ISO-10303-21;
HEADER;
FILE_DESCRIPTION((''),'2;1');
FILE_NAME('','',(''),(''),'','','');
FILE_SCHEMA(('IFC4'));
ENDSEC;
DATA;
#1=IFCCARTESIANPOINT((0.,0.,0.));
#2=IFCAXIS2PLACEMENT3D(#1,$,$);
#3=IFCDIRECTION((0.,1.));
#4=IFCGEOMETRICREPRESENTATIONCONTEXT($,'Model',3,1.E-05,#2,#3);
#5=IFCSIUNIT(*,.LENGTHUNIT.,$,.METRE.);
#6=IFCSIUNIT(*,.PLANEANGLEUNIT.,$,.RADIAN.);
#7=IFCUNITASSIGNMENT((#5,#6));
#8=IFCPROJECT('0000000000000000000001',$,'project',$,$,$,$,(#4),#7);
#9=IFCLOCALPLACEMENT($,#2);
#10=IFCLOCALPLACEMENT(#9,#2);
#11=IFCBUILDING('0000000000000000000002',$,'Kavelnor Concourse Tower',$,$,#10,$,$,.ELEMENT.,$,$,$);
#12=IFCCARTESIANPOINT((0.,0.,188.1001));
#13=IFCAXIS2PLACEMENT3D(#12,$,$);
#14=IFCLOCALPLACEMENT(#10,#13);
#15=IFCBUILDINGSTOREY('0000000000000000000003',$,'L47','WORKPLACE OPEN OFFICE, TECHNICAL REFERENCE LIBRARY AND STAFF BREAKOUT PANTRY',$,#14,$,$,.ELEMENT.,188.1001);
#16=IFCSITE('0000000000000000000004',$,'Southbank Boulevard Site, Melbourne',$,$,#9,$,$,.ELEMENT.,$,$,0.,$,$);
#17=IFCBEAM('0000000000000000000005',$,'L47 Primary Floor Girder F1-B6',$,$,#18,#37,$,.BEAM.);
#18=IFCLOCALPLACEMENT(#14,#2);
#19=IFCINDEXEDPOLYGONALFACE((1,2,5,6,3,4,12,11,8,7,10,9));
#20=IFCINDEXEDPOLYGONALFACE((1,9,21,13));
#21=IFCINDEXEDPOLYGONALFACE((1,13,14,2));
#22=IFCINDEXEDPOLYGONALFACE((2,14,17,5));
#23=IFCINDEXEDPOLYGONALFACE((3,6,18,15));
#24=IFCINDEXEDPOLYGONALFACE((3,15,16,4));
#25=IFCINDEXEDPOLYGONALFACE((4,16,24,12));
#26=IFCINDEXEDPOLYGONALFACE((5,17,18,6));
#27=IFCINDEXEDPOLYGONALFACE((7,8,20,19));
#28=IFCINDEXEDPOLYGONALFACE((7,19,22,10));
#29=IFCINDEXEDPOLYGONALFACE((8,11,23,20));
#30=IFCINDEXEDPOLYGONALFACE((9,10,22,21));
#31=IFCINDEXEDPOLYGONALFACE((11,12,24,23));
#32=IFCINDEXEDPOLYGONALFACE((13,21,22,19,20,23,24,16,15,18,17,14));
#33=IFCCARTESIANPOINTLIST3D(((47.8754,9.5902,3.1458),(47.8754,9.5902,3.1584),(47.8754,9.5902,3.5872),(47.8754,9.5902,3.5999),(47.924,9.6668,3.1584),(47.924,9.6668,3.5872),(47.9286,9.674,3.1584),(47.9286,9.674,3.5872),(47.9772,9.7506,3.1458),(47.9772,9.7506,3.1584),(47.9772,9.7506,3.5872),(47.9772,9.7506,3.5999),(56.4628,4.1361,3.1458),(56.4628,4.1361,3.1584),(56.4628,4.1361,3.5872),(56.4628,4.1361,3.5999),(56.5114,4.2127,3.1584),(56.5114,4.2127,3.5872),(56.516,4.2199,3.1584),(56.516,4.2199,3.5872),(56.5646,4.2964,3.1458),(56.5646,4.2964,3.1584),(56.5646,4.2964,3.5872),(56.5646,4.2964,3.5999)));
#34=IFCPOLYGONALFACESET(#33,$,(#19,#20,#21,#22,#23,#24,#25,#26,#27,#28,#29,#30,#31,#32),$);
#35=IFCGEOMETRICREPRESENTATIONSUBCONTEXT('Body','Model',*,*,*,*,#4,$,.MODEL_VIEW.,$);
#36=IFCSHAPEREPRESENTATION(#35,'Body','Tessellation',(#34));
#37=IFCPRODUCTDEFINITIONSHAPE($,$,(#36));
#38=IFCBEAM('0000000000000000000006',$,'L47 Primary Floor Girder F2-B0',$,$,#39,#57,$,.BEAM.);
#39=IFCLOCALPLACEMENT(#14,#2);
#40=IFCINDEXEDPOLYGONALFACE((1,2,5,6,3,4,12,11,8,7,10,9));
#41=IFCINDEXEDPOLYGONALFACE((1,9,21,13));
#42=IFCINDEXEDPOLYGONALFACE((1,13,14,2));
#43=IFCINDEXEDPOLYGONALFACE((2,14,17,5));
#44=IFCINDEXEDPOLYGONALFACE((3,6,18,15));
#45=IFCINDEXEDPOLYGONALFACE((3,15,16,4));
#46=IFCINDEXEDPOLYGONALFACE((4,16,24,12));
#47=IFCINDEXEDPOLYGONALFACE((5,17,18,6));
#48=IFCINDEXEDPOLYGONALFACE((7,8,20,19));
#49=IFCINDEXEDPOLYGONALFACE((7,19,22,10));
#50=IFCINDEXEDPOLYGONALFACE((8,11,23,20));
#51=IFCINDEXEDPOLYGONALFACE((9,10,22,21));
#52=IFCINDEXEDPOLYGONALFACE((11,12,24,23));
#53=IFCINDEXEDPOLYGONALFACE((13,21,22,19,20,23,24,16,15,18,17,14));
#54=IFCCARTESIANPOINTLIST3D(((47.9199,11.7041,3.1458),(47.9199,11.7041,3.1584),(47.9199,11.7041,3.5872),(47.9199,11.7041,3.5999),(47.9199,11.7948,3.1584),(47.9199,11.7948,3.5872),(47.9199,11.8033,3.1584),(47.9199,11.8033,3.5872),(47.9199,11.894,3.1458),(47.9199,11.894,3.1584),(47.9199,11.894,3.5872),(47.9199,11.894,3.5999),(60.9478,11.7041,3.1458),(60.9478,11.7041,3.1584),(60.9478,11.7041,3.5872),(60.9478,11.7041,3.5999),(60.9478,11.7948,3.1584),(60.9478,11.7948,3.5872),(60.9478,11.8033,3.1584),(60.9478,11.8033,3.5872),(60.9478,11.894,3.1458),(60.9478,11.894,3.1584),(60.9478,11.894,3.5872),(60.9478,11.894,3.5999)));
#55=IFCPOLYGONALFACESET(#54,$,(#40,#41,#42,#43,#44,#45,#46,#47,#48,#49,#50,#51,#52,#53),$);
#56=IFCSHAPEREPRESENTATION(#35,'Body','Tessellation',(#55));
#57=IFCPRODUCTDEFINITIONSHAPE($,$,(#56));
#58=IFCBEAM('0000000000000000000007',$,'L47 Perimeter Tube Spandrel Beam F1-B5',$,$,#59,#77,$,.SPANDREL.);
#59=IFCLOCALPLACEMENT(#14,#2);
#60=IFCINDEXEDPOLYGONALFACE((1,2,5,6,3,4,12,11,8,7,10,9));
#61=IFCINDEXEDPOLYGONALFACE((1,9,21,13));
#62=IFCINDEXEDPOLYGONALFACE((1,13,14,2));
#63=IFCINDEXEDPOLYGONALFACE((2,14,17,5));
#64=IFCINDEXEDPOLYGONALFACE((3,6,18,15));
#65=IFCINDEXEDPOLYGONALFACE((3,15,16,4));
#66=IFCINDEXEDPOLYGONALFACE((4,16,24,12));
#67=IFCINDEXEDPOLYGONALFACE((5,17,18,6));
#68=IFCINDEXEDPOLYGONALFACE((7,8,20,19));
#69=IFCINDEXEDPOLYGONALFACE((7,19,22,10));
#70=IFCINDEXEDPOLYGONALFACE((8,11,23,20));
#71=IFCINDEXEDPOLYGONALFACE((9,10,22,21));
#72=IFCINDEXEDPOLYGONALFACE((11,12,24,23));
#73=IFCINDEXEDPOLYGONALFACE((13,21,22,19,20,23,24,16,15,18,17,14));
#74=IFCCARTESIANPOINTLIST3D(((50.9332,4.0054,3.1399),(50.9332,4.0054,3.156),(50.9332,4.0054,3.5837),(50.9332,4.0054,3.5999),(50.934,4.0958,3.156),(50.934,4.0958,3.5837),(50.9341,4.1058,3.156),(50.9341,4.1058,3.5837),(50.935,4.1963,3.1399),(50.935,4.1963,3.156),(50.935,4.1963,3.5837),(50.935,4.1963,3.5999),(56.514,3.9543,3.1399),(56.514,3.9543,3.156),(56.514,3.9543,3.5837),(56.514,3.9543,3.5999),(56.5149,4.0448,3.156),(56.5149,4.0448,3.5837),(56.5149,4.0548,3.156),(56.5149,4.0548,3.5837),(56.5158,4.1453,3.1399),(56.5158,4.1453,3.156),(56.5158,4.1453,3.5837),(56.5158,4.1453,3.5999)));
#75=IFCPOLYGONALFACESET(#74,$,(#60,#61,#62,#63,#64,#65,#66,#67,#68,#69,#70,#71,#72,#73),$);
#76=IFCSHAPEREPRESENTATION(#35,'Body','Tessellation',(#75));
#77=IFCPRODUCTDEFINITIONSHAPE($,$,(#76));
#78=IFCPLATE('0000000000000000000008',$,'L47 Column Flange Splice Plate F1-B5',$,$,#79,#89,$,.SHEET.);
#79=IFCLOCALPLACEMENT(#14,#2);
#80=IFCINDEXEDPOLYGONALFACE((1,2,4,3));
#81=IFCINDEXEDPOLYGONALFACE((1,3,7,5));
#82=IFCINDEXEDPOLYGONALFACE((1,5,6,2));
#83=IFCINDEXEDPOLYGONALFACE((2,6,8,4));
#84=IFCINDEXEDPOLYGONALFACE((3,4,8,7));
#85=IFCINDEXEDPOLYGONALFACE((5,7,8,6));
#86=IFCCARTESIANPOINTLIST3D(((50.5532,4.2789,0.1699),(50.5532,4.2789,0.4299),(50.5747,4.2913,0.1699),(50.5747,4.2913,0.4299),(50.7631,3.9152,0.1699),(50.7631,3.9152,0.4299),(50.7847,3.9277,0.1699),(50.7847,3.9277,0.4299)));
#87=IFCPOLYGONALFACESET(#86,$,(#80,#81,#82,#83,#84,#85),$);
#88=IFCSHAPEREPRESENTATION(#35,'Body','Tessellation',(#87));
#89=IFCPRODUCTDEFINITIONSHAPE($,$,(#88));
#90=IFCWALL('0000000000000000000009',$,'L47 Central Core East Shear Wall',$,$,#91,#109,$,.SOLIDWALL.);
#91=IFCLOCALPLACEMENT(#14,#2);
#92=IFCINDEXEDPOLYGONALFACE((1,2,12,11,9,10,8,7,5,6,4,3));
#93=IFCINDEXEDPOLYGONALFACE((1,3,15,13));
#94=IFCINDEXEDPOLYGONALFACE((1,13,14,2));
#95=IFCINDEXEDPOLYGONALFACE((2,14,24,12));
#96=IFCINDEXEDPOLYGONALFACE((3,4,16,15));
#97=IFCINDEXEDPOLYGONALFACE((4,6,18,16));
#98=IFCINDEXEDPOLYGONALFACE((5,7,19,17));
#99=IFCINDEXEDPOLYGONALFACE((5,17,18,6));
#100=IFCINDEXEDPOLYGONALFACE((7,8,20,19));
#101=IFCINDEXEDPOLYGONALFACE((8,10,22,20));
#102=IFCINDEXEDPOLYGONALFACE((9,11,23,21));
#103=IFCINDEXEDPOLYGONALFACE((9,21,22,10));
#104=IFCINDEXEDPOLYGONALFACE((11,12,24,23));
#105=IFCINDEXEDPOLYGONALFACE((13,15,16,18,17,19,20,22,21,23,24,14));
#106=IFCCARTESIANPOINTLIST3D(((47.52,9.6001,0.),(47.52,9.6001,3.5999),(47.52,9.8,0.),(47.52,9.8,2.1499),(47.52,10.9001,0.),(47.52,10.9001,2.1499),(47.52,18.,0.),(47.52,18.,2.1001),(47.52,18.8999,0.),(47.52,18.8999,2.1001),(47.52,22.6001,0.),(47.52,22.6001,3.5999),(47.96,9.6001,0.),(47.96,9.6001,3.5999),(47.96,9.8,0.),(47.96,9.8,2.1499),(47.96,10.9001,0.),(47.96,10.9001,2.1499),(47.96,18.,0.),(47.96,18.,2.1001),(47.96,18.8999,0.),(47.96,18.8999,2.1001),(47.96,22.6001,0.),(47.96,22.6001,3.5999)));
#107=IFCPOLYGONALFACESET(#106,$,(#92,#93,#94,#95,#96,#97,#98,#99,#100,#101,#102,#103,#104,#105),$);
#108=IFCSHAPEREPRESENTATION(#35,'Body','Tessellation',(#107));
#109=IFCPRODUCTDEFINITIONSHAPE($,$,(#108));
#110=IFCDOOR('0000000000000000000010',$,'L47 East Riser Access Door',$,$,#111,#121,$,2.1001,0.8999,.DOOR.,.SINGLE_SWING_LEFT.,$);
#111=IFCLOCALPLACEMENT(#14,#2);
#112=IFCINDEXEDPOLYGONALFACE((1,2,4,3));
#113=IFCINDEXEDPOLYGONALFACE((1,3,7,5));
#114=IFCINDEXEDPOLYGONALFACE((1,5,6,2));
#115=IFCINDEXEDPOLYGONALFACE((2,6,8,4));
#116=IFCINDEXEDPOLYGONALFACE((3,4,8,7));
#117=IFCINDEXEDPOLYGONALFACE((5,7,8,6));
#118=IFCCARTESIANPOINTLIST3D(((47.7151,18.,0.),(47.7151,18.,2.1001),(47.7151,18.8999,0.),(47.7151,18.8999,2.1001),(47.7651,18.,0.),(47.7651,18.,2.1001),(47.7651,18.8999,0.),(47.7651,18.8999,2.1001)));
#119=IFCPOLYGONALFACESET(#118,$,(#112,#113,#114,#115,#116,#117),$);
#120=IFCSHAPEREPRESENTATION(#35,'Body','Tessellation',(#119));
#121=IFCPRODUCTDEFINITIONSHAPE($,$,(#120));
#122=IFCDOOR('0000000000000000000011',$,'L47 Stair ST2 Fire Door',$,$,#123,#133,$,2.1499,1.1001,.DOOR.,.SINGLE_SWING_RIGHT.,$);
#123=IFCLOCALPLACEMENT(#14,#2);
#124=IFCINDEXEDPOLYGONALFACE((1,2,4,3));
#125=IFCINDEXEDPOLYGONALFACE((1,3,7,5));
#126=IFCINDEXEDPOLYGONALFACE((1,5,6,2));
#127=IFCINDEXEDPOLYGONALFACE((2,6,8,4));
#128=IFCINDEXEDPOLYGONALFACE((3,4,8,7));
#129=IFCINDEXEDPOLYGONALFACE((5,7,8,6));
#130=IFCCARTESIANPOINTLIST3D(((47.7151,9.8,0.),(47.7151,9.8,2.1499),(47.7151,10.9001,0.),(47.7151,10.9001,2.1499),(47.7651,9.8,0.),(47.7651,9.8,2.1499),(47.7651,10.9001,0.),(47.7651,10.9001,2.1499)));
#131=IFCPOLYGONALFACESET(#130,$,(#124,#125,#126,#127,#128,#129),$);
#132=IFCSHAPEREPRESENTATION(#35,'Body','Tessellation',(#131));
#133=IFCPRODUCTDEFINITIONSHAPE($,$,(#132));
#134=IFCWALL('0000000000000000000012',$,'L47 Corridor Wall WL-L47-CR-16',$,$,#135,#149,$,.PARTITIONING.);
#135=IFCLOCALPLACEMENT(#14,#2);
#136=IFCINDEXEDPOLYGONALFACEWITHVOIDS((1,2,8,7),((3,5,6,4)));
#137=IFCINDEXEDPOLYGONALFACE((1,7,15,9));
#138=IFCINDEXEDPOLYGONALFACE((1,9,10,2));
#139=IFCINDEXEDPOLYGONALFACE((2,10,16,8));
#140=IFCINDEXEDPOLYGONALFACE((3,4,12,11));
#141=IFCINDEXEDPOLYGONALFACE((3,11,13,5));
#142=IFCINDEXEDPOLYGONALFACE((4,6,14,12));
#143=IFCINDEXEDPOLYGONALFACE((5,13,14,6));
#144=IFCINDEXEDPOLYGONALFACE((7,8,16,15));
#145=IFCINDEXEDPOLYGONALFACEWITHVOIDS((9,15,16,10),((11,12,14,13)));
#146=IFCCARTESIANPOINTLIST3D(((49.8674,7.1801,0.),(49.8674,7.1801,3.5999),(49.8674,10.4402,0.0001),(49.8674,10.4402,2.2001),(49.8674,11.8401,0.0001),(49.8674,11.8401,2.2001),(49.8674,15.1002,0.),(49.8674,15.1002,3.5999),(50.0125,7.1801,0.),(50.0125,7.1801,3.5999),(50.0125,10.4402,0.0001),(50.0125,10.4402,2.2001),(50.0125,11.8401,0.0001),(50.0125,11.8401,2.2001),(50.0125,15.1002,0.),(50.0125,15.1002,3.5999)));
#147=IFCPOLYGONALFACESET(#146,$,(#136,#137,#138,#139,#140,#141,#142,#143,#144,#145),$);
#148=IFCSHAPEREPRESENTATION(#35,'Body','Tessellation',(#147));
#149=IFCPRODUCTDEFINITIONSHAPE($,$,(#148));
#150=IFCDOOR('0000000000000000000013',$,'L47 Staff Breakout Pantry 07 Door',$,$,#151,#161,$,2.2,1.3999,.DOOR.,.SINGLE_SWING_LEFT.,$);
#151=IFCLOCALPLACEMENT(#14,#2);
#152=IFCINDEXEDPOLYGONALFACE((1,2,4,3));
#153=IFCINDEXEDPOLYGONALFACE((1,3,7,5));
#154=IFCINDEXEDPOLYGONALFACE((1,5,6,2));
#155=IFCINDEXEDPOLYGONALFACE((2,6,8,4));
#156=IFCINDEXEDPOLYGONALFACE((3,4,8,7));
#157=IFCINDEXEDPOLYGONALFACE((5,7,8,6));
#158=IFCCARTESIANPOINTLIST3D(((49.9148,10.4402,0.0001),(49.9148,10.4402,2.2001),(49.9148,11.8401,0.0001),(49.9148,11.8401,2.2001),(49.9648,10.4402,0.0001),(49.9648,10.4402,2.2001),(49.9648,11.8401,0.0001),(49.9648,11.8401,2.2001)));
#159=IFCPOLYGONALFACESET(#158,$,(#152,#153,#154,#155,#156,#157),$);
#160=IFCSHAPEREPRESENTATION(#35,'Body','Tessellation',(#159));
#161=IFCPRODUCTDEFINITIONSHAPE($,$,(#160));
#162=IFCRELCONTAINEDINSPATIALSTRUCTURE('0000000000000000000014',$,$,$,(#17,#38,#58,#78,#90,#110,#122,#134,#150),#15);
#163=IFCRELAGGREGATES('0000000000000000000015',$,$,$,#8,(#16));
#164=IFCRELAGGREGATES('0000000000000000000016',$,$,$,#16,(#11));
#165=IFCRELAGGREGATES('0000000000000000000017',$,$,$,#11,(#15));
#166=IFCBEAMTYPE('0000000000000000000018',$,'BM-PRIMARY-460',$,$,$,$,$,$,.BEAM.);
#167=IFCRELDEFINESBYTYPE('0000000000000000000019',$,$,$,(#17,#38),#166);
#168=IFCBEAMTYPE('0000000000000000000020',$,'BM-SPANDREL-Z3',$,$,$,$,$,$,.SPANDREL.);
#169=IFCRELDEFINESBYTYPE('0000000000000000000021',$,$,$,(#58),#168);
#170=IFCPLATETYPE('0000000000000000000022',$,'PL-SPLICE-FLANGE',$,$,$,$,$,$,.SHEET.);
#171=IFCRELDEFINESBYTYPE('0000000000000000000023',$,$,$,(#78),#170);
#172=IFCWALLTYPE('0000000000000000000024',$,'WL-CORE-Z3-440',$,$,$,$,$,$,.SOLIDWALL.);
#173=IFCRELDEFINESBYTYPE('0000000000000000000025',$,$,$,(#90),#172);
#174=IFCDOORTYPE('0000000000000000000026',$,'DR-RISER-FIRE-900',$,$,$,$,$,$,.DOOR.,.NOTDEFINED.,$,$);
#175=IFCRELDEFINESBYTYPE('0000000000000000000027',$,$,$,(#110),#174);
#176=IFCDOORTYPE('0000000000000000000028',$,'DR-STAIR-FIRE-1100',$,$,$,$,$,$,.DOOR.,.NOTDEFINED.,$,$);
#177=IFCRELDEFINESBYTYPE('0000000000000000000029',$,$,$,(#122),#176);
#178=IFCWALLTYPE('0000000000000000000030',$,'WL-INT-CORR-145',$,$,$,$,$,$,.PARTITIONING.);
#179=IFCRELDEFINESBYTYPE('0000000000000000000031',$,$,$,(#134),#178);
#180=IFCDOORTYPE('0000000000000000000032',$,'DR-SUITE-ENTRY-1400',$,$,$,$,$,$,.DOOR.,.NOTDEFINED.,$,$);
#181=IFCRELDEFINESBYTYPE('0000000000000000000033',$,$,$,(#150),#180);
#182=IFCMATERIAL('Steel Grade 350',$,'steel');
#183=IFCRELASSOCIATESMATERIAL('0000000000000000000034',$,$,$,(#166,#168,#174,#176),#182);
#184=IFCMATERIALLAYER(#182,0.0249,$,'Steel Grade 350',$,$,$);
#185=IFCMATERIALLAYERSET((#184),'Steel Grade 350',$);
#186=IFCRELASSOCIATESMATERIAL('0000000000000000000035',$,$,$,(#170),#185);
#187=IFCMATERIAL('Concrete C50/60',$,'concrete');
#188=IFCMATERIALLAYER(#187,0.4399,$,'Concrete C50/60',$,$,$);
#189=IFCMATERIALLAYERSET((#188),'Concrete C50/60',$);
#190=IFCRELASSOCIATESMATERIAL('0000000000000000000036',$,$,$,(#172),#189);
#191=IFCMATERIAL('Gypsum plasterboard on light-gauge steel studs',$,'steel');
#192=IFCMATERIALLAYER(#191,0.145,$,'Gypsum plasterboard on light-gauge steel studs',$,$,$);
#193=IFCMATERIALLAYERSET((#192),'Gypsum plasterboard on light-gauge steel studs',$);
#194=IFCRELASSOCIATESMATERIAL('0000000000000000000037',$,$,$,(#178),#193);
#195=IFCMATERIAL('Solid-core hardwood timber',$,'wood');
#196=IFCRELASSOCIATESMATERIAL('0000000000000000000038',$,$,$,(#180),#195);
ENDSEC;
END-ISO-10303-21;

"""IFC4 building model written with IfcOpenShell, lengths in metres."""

from ifc_helpers import new_model, si_unit, direction, frame, frame_2d, origin, origin_2d, place, context, subcontext, project, spatial, rectangle, i_section, extrude, material, layer, layer_set, material_profile, profile_set, type_object, element, fill, save


model = new_model("IFC4")

# Units and contexts
model_context = context("Model", 3, precision=1e-05, world=origin(), true_north=direction((0.0, 1.0)))
body_context = subcontext(model_context, "Body", "Model", "MODEL_VIEW")
ifc_project = project(units=[si_unit("LENGTHUNIT", "METRE"), si_unit("PLANEANGLEUNIT", "RADIAN")], contexts=[model_context])

# Site, building, storey
site_placement = place(None, origin())
site = spatial("IfcSite", under=ifc_project, at=site_placement, Name="Southbank Boulevard Site, Melbourne", CompositionType="ELEMENT", RefElevation=0.0)
building_placement = place(site_placement, origin())
building = spatial("IfcBuilding", under=site, at=building_placement, Name="Kavelnor Concourse Tower", CompositionType="ELEMENT")
storey_placement = place(building_placement, frame((0.0, 0.0, 188.1001)))
storey = spatial("IfcBuildingStorey", under=building, at=storey_placement, Name="L47", Description="WORKPLACE OPEN OFFICE, TECHNICAL REFERENCE LIBRARY AND STAFF BREAKOUT PANTRY", CompositionType="ELEMENT", Elevation=188.1001)

# Shared definitions
ifc_material_1 = material(Name="Steel Grade 350", Category="steel")

# Beams
ifc_material_profile_1 = material_profile(ifc_material_1, i_section(OverallWidth=0.1899, OverallDepth=0.4541, WebThickness=0.0085, FlangeThickness=0.0127, at=origin_2d()), Name="460UB67")
ifc_profile_set_1 = profile_set([ifc_material_profile_1], Name="Steel Grade 350")
beam_type_1 = type_object("IfcBeamType", Name="BM-PRIMARY-460", PredefinedType="BEAM", material=ifc_profile_set_1)
beam_1_placement = place(storey_placement, frame((47.9263, 9.6704, 3.3728), z_axis=(0.844134, -0.536133, 0.0), x_axis=(0.536133, 0.844134, 0.0)))
element("IfcBeam", 1, at=beam_1_placement, inside=storey, type_object=beam_type_1, Name="L47 Primary Floor Girder F1-B6", PredefinedType="BEAM", context=body_context, shape_type="SweptSolid", body=[
    extrude(i_section(OverallWidth=0.1899, OverallDepth=0.4541, WebThickness=0.0085, FlangeThickness=0.0127, at=origin_2d()), origin(), (0.0, 0.0, 1.0), 10.1731),
])
beam_2_placement = place(storey_placement, frame((47.9199, 11.7991, 3.3728), z_axis=(1.0, 0.0, 0.0), x_axis=(0.0, 1.0, 0.0)))
element("IfcBeam", 2, at=beam_2_placement, inside=storey, type_object=beam_type_1, Name="L47 Primary Floor Girder F2-B0", PredefinedType="BEAM", context=body_context, shape_type="SweptSolid", body=[
    extrude(i_section(OverallWidth=0.1899, OverallDepth=0.4541, WebThickness=0.0085, FlangeThickness=0.0127, at=origin_2d()), origin(), (0.0, 0.0, 1.0), 13.0278),
])
ifc_material_profile_2 = material_profile(ifc_material_1, i_section(OverallWidth=0.1909, OverallDepth=0.46, WebThickness=0.01, FlangeThickness=0.0161, at=origin_2d()), Name="460UB82")
ifc_profile_set_2 = profile_set([ifc_material_profile_2], Name="Steel Grade 350")
beam_type_2 = type_object("IfcBeamType", Name="BM-SPANDREL-Z3", PredefinedType="SPANDREL", material=ifc_profile_set_2)
beam_3_placement = place(storey_placement, frame((50.9341, 4.1008, 3.3699), z_axis=(0.999958, -0.009143, 0.0), x_axis=(0.009143, 0.999958, 0.0)))
element("IfcBeam", 3, at=beam_3_placement, inside=storey, type_object=beam_type_2, Name="L47 Perimeter Tube Spandrel Beam F1-B5", PredefinedType="SPANDREL", context=body_context, shape_type="SweptSolid", body=[
    extrude(i_section(OverallWidth=0.1909, OverallDepth=0.46, WebThickness=0.01, FlangeThickness=0.0161, at=origin_2d()), origin(), (0.0, 0.0, 1.0), 5.5811),
])

# Plate
ifc_layer_1 = layer(ifc_material_1, 0.0249, Name="Steel Grade 350")
ifc_layer_set_1 = layer_set([ifc_layer_1], Name="Steel Grade 350")
plate_type = type_object("IfcPlateType", Name="PL-SPLICE-FLANGE", PredefinedType="SHEET", material=ifc_layer_set_1)
plate_placement = place(storey_placement, frame((50.6689, 4.1033, 0.1699), z_axis=(0.0, 0.0, 1.0), x_axis=(-0.5, 0.866025, 0.0)))
element("IfcPlate", 4, at=plate_placement, inside=storey, type_object=plate_type, Name="L47 Column Flange Splice Plate F1-B5", PredefinedType="SHEET", context=body_context, shape_type="SweptSolid", body=[
    extrude(rectangle(XDim=0.4199, YDim=0.0249, at=origin_2d()), origin(), (0.0, 0.0, 1.0), 0.26),
])

# Wall, openings, doors
ifc_material_2 = material(Name="Concrete C50/60", Category="concrete")
ifc_layer_2 = layer(ifc_material_2, 0.4399, Name="Concrete C50/60")
ifc_layer_set_2 = layer_set([ifc_layer_2], Name="Concrete C50/60")
wall_type_1 = type_object("IfcWallType", Name="WL-CORE-Z3-440", PredefinedType="SOLIDWALL", material=ifc_layer_set_2)
wall_1_placement = place(storey_placement, frame((47.74, 9.6001, 0.0), z_axis=(0.0, 0.0, 1.0), x_axis=(0.0, 1.0, 0.0)))
wall_1 = element("IfcWall", 5, at=wall_1_placement, inside=storey, type_object=wall_type_1, Name="L47 Central Core East Shear Wall", PredefinedType="SOLIDWALL", context=body_context, shape_type="SweptSolid", body=[
    extrude(rectangle(XDim=13.0, YDim=0.4399, at=frame_2d((6.5, 0.0))), origin(), (0.0, 0.0, 1.0), 3.5999),
])
opening_1_placement = place(wall_1_placement, frame((0.2, 0.0, 0.0)))
opening_1 = element("IfcOpeningElement", 6, at=opening_1_placement, cuts=wall_1, PredefinedType="OPENING", context=body_context, shape_type="SweptSolid", body=[
    extrude(rectangle(XDim=1.1001, YDim=2.1499, at=frame_2d((0.55, 1.075))), frame((0.0, 0.23, 0.0), z_axis=(0.0, -1.0, 0.0), x_axis=(1.0, 0.0, 0.0)), (0.0, 0.0, 1.0), 0.46),
])
opening_2_placement = place(wall_1_placement, frame((8.3999, 0.0, 0.0)))
opening_2 = element("IfcOpeningElement", 7, at=opening_2_placement, cuts=wall_1, PredefinedType="OPENING", context=body_context, shape_type="SweptSolid", body=[
    extrude(rectangle(XDim=0.8999, YDim=2.1001, at=frame_2d((0.45, 1.05))), frame((0.0, 0.23, 0.0), z_axis=(0.0, -1.0, 0.0), x_axis=(1.0, 0.0, 0.0)), (0.0, 0.0, 1.0), 0.46),
])
door_type_1 = type_object("IfcDoorType", Name="DR-RISER-FIRE-900", OperationType="NOTDEFINED", PredefinedType="DOOR", material=ifc_material_1)
door_1_placement = place(opening_2_placement, origin())
door_1 = element("IfcDoor", 8, at=door_1_placement, inside=storey, type_object=door_type_1, Name="L47 East Riser Access Door", OperationType="SINGLE_SWING_LEFT", OverallHeight=2.1001, OverallWidth=0.8999, PredefinedType="DOOR", context=body_context, shape_type="SweptSolid", body=[
    extrude(rectangle(XDim=0.8999, YDim=2.1001, at=frame_2d((0.45, 1.05))), frame((0.0, 0.0249, 0.0), z_axis=(0.0, -1.0, 0.0), x_axis=(1.0, 0.0, 0.0)), (0.0, 0.0, 1.0), 0.05),
])
fill(opening_2, door_1)
door_type_2 = type_object("IfcDoorType", Name="DR-STAIR-FIRE-1100", OperationType="NOTDEFINED", PredefinedType="DOOR", material=ifc_material_1)
door_2_placement = place(opening_1_placement, origin())
door_2 = element("IfcDoor", 9, at=door_2_placement, inside=storey, type_object=door_type_2, Name="L47 Stair ST2 Fire Door", OperationType="SINGLE_SWING_RIGHT", OverallHeight=2.1499, OverallWidth=1.1001, PredefinedType="DOOR", context=body_context, shape_type="SweptSolid", body=[
    extrude(rectangle(XDim=1.1001, YDim=2.1499, at=frame_2d((0.55, 1.075))), frame((0.0, 0.0249, 0.0), z_axis=(0.0, -1.0, 0.0), x_axis=(1.0, 0.0, 0.0)), (0.0, 0.0, 1.0), 0.05),
])
fill(opening_1, door_2)

# Wall, opening, door
ifc_material_3 = material(Name="Gypsum plasterboard on light-gauge steel studs", Category="steel")
ifc_layer_3 = layer(ifc_material_3, 0.145, Name="Gypsum plasterboard on light-gauge steel studs")
ifc_layer_set_3 = layer_set([ifc_layer_3], Name="Gypsum plasterboard on light-gauge steel studs")
wall_type_2 = type_object("IfcWallType", Name="WL-INT-CORR-145", PredefinedType="PARTITIONING", material=ifc_layer_set_3)
wall_2_placement = place(storey_placement, frame((49.9399, 15.1001, 0.0), z_axis=(0.0, 0.0, 1.0), x_axis=(0.0, -1.0, 0.0)))
wall_2 = element("IfcWall", 10, at=wall_2_placement, inside=storey, type_object=wall_type_2, Name="L47 Corridor Wall WL-L47-CR-16", PredefinedType="PARTITIONING", context=body_context, shape_type="SweptSolid", body=[
    extrude(rectangle(XDim=7.9202, YDim=0.145, at=frame_2d((3.96, 0.0))), origin(), (0.0, 0.0, 1.0), 3.5999),
])
opening_3_placement = place(wall_2_placement, frame((3.26, 0.0, 0.0)))
opening_3 = element("IfcOpeningElement", 11, at=opening_3_placement, cuts=wall_2, PredefinedType="OPENING", context=body_context, shape_type="SweptSolid", body=[
    extrude(rectangle(XDim=1.3999, YDim=2.2, at=frame_2d((0.7, 1.1001))), frame((0.0, 0.0825, 0.0), z_axis=(0.0, -1.0, 0.0), x_axis=(1.0, 0.0, 0.0)), (0.0, 0.0, 1.0), 0.165),
])
ifc_material_4 = material(Name="Solid-core hardwood timber", Category="wood")
door_type_3 = type_object("IfcDoorType", Name="DR-SUITE-ENTRY-1400", OperationType="NOTDEFINED", PredefinedType="DOOR", material=ifc_material_4)
door_3_placement = place(opening_3_placement, origin())
door_3 = element("IfcDoor", 12, at=door_3_placement, inside=storey, type_object=door_type_3, Name="L47 Staff Breakout Pantry 07 Door", OperationType="SINGLE_SWING_LEFT", OverallHeight=2.2, OverallWidth=1.3999, PredefinedType="DOOR", context=body_context, shape_type="SweptSolid", body=[
    extrude(rectangle(XDim=1.3999, YDim=2.2, at=frame_2d((0.7, 1.1001))), frame((0.0, 0.0249, 0.0), z_axis=(0.0, -1.0, 0.0), x_axis=(1.0, 0.0, 0.0)), (0.0, 0.0, 1.0), 0.05),
])
fill(opening_3, door_3)

save(model, "model.ifc")
